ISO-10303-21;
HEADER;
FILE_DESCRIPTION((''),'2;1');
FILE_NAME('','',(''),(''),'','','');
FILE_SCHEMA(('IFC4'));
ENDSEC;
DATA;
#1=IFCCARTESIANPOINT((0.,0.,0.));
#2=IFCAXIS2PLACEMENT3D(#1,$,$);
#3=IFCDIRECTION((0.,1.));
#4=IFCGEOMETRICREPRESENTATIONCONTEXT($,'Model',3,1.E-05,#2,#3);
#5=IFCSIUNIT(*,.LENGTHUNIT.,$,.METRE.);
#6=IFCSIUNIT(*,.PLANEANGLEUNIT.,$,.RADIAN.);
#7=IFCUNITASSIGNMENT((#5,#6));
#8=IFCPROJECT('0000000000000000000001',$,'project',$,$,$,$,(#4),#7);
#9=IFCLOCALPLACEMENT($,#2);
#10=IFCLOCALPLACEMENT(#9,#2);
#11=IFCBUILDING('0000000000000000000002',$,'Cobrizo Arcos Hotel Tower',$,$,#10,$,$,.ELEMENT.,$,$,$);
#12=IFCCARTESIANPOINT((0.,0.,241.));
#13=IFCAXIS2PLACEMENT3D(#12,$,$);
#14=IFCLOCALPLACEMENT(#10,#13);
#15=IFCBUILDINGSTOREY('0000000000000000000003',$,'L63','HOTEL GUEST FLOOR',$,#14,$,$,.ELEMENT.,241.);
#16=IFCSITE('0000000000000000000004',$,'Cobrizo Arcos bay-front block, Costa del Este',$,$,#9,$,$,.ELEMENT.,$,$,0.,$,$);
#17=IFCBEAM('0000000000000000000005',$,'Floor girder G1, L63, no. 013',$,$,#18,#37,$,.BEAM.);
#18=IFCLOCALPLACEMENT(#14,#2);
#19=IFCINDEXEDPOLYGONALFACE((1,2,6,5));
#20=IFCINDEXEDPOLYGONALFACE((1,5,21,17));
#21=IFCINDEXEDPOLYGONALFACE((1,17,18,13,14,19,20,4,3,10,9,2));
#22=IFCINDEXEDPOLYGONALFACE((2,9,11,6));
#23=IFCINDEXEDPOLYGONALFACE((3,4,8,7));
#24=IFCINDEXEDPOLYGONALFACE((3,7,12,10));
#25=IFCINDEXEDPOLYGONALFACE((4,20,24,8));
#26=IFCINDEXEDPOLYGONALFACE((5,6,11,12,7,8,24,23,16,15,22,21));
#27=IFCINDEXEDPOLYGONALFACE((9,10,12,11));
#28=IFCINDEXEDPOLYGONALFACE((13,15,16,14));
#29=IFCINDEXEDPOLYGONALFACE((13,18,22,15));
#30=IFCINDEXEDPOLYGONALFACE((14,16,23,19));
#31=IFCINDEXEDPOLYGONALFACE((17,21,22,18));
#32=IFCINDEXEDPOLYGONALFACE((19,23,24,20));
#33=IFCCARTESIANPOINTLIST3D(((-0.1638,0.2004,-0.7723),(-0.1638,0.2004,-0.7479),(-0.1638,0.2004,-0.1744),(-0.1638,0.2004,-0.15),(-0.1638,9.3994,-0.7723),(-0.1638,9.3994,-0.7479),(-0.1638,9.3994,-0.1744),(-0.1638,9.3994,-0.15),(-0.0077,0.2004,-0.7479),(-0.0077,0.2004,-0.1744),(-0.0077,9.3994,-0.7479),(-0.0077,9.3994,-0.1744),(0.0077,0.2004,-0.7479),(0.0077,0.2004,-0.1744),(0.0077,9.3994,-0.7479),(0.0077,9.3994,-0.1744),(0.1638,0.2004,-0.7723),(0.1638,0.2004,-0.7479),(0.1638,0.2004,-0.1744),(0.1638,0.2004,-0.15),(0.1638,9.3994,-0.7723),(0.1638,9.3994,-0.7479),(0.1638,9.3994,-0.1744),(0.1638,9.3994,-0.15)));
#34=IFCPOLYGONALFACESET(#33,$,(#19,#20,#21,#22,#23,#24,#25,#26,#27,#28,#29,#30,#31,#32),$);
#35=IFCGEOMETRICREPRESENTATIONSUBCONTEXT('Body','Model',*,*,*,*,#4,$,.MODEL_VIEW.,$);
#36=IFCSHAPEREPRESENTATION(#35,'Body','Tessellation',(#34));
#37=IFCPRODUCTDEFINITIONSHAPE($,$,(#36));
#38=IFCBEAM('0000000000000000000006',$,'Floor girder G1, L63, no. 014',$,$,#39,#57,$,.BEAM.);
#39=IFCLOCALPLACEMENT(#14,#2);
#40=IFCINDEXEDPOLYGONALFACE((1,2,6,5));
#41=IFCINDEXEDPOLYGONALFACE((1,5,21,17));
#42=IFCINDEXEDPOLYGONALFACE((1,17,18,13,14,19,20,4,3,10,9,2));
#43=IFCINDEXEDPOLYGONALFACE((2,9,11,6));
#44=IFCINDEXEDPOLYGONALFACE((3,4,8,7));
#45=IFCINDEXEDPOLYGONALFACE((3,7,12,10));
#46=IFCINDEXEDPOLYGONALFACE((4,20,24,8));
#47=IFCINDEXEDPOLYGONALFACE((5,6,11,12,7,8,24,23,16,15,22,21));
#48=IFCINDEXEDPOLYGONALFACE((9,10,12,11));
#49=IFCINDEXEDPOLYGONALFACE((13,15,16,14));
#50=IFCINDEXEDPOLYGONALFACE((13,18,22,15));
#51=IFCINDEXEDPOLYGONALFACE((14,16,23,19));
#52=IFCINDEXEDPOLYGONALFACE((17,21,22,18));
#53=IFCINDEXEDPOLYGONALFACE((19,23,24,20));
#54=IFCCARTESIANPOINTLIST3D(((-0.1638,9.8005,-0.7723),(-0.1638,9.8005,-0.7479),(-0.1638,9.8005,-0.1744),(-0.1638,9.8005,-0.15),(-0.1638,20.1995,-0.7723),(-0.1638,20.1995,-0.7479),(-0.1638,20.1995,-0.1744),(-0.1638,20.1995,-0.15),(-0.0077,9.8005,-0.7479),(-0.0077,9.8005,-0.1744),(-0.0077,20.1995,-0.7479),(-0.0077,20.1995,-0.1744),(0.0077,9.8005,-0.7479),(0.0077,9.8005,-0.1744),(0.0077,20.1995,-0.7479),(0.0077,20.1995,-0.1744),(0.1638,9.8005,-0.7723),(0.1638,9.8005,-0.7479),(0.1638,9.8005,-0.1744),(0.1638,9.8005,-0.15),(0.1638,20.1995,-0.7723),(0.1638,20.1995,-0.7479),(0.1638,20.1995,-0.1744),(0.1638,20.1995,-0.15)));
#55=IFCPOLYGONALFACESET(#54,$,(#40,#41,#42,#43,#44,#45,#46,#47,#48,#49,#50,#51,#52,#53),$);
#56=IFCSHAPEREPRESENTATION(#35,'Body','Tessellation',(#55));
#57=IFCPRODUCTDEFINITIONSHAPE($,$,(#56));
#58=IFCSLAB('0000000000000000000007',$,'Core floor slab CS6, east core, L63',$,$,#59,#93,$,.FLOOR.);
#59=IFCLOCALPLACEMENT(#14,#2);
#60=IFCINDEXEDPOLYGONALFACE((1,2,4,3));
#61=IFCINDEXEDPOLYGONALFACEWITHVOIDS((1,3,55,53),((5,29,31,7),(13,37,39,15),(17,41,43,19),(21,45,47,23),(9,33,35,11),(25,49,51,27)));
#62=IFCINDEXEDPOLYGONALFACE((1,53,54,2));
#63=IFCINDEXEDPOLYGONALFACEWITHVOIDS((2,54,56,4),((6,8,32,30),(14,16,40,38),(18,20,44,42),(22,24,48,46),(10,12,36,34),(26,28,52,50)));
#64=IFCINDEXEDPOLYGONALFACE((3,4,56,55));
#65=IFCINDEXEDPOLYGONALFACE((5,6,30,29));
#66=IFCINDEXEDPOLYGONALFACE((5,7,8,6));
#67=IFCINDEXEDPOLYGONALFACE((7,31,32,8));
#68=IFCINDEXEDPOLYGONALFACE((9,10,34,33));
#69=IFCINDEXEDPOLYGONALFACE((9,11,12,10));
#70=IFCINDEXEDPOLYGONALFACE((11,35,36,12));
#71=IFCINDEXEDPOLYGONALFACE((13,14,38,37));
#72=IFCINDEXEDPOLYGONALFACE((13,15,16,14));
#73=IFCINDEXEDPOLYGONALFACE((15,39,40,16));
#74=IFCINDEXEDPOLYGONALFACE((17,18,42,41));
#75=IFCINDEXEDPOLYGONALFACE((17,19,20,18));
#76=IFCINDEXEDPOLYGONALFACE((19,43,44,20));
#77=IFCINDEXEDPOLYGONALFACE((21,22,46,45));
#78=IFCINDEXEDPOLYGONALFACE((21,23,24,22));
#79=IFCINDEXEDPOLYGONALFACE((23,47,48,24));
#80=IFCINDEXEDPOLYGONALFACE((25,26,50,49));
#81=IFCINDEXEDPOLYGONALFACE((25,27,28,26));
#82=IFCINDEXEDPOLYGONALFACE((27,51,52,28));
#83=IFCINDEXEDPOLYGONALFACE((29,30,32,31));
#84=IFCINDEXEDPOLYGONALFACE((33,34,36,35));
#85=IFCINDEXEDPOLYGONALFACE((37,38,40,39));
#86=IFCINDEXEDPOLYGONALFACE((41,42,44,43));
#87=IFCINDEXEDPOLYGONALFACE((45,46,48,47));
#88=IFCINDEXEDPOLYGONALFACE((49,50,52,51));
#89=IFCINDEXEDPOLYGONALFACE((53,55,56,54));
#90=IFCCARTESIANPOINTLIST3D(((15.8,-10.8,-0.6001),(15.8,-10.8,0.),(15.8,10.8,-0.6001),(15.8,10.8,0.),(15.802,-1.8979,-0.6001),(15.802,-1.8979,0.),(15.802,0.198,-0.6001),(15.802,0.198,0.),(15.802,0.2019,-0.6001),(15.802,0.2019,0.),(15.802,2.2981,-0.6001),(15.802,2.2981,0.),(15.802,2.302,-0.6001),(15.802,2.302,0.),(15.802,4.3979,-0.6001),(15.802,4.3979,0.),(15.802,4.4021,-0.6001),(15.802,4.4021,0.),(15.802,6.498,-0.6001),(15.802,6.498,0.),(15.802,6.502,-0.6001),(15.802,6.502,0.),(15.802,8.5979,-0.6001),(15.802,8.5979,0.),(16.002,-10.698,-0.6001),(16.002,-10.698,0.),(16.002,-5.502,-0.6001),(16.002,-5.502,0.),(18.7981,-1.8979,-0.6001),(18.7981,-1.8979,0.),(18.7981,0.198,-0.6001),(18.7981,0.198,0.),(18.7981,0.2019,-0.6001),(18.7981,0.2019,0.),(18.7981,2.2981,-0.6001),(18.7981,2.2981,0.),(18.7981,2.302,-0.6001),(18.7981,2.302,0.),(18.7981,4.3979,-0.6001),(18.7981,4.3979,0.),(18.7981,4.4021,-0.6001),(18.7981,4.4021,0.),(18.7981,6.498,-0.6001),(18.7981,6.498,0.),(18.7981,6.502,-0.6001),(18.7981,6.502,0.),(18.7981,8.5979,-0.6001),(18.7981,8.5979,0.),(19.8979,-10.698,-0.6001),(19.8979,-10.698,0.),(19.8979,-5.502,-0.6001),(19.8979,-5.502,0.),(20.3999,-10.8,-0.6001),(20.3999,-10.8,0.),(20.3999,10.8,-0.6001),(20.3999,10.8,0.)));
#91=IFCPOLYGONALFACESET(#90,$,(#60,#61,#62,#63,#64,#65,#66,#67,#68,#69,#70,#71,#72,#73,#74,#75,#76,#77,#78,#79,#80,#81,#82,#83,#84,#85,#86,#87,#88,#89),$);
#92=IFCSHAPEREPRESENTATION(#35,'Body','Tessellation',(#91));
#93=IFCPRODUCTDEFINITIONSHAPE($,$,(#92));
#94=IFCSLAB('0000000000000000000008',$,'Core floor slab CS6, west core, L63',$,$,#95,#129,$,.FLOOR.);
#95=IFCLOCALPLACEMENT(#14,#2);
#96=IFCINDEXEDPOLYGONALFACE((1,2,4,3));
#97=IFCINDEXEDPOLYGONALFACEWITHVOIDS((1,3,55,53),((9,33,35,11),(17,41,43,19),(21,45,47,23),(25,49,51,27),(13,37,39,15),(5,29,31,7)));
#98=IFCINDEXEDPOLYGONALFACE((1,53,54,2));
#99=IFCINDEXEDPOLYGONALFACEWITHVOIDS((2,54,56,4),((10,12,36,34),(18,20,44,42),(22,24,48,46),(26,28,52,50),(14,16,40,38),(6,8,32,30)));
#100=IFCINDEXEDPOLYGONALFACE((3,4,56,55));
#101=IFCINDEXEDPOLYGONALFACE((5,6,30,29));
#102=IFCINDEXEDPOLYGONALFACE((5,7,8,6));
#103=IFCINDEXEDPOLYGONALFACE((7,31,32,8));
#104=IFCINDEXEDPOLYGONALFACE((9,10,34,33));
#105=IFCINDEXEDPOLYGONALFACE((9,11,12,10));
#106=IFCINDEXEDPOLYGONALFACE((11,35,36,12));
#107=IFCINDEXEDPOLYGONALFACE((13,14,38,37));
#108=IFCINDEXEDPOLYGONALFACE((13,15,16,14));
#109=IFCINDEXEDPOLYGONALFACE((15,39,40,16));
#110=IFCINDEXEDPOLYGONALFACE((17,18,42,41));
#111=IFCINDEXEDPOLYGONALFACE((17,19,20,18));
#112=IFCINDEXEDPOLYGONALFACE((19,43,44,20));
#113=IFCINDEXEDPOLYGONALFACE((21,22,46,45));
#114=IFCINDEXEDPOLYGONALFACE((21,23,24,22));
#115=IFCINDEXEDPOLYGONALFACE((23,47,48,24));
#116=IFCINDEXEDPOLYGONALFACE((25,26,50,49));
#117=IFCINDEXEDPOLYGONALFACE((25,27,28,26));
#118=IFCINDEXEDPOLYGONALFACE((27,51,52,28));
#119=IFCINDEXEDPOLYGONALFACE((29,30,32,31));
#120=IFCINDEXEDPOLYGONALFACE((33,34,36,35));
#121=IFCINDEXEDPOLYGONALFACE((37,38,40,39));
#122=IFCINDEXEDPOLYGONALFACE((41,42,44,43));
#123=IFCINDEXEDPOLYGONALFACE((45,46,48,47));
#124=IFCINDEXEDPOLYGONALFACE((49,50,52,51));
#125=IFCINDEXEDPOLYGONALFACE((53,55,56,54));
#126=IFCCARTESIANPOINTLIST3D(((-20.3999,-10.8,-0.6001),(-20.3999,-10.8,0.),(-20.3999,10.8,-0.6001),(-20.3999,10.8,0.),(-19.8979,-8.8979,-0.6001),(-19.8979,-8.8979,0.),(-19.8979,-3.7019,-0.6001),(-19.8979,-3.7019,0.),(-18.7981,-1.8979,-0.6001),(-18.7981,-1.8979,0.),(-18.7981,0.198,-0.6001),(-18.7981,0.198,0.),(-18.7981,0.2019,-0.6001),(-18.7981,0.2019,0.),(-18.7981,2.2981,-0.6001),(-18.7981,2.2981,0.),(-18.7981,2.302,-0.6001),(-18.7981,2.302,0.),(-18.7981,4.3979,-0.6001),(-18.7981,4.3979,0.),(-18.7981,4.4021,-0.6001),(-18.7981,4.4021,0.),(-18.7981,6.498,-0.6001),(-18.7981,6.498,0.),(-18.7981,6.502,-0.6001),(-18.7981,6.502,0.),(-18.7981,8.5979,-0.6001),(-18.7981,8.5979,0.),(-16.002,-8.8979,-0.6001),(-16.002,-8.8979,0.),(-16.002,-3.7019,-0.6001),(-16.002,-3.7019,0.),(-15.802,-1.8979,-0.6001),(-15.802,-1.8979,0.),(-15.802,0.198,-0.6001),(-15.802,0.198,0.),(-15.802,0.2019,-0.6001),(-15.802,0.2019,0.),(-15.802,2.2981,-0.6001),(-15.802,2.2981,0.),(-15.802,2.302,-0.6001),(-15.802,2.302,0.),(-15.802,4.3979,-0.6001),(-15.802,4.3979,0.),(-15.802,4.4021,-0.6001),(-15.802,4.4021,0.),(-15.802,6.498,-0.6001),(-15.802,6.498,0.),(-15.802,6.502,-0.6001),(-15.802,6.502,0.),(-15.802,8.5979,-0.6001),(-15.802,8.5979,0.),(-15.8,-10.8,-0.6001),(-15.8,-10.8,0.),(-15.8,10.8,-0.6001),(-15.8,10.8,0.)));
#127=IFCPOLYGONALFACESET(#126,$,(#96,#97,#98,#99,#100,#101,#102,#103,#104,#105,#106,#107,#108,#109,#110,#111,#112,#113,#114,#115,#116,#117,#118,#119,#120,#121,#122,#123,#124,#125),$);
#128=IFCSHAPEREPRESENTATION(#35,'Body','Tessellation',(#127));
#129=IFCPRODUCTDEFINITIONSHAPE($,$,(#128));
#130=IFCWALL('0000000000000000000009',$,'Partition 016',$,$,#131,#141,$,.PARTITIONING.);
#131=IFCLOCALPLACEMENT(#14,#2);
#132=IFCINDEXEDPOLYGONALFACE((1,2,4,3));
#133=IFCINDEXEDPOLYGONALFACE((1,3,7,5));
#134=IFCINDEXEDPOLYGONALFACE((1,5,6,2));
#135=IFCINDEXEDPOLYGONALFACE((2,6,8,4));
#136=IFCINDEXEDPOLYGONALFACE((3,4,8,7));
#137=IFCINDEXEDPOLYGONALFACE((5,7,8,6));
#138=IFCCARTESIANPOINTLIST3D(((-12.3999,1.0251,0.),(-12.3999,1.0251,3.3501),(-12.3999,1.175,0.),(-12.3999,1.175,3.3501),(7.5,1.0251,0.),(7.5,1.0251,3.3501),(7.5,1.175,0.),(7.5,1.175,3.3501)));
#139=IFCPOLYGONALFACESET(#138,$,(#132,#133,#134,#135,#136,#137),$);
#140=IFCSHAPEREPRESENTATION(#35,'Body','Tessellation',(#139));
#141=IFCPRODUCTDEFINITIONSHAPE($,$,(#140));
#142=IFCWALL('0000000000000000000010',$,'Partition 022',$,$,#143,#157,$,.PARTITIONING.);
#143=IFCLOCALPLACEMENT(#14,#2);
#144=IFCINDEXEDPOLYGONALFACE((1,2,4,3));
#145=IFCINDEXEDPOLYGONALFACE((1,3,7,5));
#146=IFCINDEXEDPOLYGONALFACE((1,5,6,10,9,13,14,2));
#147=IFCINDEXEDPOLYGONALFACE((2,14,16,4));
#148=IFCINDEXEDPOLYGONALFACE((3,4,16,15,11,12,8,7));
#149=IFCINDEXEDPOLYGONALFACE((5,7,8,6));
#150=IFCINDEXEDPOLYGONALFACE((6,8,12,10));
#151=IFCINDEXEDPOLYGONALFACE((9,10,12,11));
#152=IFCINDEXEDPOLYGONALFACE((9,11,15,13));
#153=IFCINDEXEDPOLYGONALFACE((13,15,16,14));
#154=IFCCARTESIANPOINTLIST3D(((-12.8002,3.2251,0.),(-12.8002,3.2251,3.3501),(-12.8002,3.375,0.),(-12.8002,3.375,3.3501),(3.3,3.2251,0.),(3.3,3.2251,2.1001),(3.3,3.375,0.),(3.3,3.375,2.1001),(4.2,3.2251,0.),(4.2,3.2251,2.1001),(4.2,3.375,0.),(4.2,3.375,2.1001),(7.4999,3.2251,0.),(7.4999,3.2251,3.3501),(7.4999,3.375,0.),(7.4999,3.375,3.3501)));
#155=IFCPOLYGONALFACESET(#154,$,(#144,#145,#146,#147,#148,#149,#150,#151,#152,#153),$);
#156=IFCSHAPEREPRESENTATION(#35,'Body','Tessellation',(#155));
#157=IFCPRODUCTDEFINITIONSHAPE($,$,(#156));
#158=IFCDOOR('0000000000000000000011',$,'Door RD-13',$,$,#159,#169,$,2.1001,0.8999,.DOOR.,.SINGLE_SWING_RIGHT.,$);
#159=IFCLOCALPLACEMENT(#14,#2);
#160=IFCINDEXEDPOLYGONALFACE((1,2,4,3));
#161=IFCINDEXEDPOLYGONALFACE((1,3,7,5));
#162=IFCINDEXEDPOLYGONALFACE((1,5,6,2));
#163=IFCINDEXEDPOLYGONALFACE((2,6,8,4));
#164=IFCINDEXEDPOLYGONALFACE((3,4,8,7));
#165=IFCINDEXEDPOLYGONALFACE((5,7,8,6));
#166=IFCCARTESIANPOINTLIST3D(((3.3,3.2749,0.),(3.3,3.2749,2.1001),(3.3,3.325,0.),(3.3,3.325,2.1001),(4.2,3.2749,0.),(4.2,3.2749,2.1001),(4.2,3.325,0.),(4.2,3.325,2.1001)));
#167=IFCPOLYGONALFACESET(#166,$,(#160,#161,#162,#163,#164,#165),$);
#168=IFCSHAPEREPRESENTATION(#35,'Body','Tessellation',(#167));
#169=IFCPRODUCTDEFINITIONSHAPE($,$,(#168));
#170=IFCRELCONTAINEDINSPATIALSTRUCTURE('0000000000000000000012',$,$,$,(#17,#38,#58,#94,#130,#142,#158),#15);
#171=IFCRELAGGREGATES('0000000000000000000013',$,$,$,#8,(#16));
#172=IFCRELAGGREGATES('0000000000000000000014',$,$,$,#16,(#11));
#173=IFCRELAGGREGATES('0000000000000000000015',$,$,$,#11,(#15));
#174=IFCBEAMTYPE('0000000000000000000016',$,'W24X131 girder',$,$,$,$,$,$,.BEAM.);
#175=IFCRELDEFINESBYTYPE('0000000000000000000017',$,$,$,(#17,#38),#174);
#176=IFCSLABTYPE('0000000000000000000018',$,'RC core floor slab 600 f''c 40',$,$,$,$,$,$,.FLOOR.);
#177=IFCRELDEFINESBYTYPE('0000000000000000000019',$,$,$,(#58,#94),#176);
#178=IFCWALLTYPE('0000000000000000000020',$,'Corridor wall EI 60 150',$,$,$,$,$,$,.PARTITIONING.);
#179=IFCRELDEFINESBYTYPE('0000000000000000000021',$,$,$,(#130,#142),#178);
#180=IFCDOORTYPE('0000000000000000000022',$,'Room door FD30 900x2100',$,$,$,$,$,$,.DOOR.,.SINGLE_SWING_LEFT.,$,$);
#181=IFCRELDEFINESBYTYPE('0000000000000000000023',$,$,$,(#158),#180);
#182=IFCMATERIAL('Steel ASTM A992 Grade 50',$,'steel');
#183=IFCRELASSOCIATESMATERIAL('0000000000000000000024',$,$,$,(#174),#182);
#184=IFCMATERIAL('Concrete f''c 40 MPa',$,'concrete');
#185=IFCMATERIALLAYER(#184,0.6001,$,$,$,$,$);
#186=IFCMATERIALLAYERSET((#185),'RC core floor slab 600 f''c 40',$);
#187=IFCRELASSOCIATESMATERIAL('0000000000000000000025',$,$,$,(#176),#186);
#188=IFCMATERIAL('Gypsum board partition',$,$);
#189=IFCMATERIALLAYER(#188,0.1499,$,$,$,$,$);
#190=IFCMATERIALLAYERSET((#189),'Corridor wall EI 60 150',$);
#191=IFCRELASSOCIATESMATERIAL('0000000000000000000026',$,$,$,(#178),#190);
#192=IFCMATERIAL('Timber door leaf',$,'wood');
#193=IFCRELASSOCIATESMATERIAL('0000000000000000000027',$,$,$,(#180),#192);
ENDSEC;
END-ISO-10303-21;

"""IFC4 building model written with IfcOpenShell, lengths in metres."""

from ifc_helpers import new_model, si_unit, direction, frame, frame_2d, origin, origin_2d, place, context, subcontext, project, spatial, polyline, rectangle, i_section, outline, extrude, material, layer, layer_set, material_profile, profile_set, type_object, element, fill, save


model = new_model("IFC4")

# Units and contexts
model_context = context("Model", 3, precision=1e-05, world=origin(), true_north=direction((0.0, 1.0)))
body_context = subcontext(model_context, "Body", "Model", "MODEL_VIEW")
ifc_project = project(units=[si_unit("LENGTHUNIT", "METRE"), si_unit("PLANEANGLEUNIT", "RADIAN")], contexts=[model_context])

# Site, building, storey
site_placement = place(None, origin())
site = spatial("IfcSite", under=ifc_project, at=site_placement, Name="Cobrizo Arcos bay-front block, Costa del Este", CompositionType="ELEMENT", RefElevation=0.0)
building_placement = place(site_placement, origin())
building = spatial("IfcBuilding", under=site, at=building_placement, Name="Cobrizo Arcos Hotel Tower", CompositionType="ELEMENT")
storey_placement = place(building_placement, frame((0.0, 0.0, 241.0)))
storey = spatial("IfcBuildingStorey", under=building, at=storey_placement, Name="L63", Description="HOTEL GUEST FLOOR", CompositionType="ELEMENT", Elevation=241.0)

# Shared definitions
ifc_material_1 = material(Name="Steel ASTM A992 Grade 50", Category="steel")

# Beams
ifc_material_profile_1 = material_profile(ifc_material_1, i_section(OverallWidth=0.3276, OverallDepth=0.6223, WebThickness=0.0154, FlangeThickness=0.0244, at=origin_2d()), Name="W24X131")
ifc_profile_set_1 = profile_set([ifc_material_profile_1], Name="Steel ASTM A992 Grade 50")
beam_type_1 = type_object("IfcBeamType", Name="W24X131 girder", PredefinedType="BEAM", material=ifc_profile_set_1)
beam_1_placement = place(storey_placement, frame((0.0, 0.2004, -0.4612), z_axis=(0.0, 1.0, 0.0), x_axis=(-1.0, 0.0, 0.0)))
element("IfcBeam", 1, at=beam_1_placement, inside=storey, type_object=beam_type_1, Name="Floor girder G1, L63, no. 013", PredefinedType="BEAM", context=body_context, shape_type="SweptSolid", body=[
    extrude(i_section(OverallWidth=0.3276, OverallDepth=0.6223, WebThickness=0.0154, FlangeThickness=0.0244, at=origin_2d()), origin(), (0.0, 0.0, 1.0), 9.199),
])
beam_2_placement = place(storey_placement, frame((0.0, 9.8005, -0.4612), z_axis=(0.0, 1.0, 0.0), x_axis=(-1.0, 0.0, 0.0)))
element("IfcBeam", 2, at=beam_2_placement, inside=storey, type_object=beam_type_1, Name="Floor girder G1, L63, no. 014", PredefinedType="BEAM", context=body_context, shape_type="SweptSolid", body=[
    extrude(i_section(OverallWidth=0.3276, OverallDepth=0.6223, WebThickness=0.0154, FlangeThickness=0.0244, at=origin_2d()), origin(), (0.0, 0.0, 1.0), 10.3989),
])

# Slabs
ifc_material_2 = material(Name="Concrete f'c 40 MPa", Category="concrete")
ifc_layer_1 = layer(ifc_material_2, 0.6001)
ifc_layer_set_1 = layer_set([ifc_layer_1], Name="RC core floor slab 600 f'c 40")
slab_type_1 = type_object("IfcSlabType", Name="RC core floor slab 600 f'c 40", PredefinedType="FLOOR", material=ifc_layer_set_1)
slab_1_placement = place(storey_placement, frame((0.0, 0.0, -0.6001)))
element("IfcSlab", 3, at=slab_1_placement, inside=storey, type_object=slab_type_1, Name="Core floor slab CS6, east core, L63", PredefinedType="FLOOR", context=body_context, shape_type="SweptSolid", body=[
    extrude(outline(polyline([(15.8, 10.8), (20.3999, 10.8), (20.3999, -10.8), (15.8, -10.8), (15.8, 10.8)]), holes=[polyline([(19.8979, -10.698), (19.8979, -5.502), (16.002, -5.502), (16.002, -10.698), (19.8979, -10.698)]), polyline([(15.802, 0.198), (15.802, -1.8979), (18.7981, -1.8979), (18.7981, 0.198), (15.802, 0.198)]), polyline([(15.802, 2.2981), (15.802, 0.2019), (18.7981, 0.2019), (18.7981, 2.2981), (15.802, 2.2981)]), polyline([(15.802, 4.3979), (15.802, 2.302), (18.7981, 2.302), (18.7981, 4.3979), (15.802, 4.3979)]), polyline([(18.7981, 6.498), (15.802, 6.498), (15.802, 4.4021), (18.7981, 4.4021), (18.7981, 6.498)]), polyline([(18.7981, 8.5979), (15.802, 8.5979), (15.802, 6.502), (18.7981, 6.502), (18.7981, 8.5979)])]), origin(), (0.0, 0.0, 1.0), 0.6001),
])
slab_2_placement = place(storey_placement, frame((0.0, 0.0, -0.6001)))
element("IfcSlab", 4, at=slab_2_placement, inside=storey, type_object=slab_type_1, Name="Core floor slab CS6, west core, L63", PredefinedType="FLOOR", context=body_context, shape_type="SweptSolid", body=[
    extrude(outline(polyline([(-20.3999, 10.8), (-15.8, 10.8), (-15.8, -10.8), (-20.3999, -10.8), (-20.3999, 10.8)]), holes=[polyline([(-19.8979, -3.7019), (-19.8979, -8.8979), (-16.002, -8.8979), (-16.002, -3.7019), (-19.8979, -3.7019)]), polyline([(-18.7981, 0.198), (-18.7981, -1.8979), (-15.802, -1.8979), (-15.802, 0.198), (-18.7981, 0.198)]), polyline([(-18.7981, 2.2981), (-18.7981, 0.2019), (-15.802, 0.2019), (-15.802, 2.2981), (-18.7981, 2.2981)]), polyline([(-18.7981, 4.3979), (-18.7981, 2.302), (-15.802, 2.302), (-15.802, 4.3979), (-18.7981, 4.3979)]), polyline([(-15.802, 6.498), (-18.7981, 6.498), (-18.7981, 4.4021), (-15.802, 4.4021), (-15.802, 6.498)]), polyline([(-15.802, 8.5979), (-18.7981, 8.5979), (-18.7981, 6.502), (-15.802, 6.502), (-15.802, 8.5979)])]), origin(), (0.0, 0.0, 1.0), 0.6001),
])

# Wall
ifc_material_3 = material(Name="Gypsum board partition")
ifc_layer_2 = layer(ifc_material_3, 0.1499)
ifc_layer_set_2 = layer_set([ifc_layer_2], Name="Corridor wall EI 60 150")
wall_type_1 = type_object("IfcWallType", Name="Corridor wall EI 60 150", PredefinedType="PARTITIONING", material=ifc_layer_set_2)
wall_1_placement = place(storey_placement, frame((-12.3999, 1.1001, 0.0), z_axis=(0.0, 0.0, 1.0), x_axis=(1.0, 0.0, 0.0)))
element("IfcWall", 5, at=wall_1_placement, inside=storey, type_object=wall_type_1, Name="Partition 016", PredefinedType="PARTITIONING", context=body_context, shape_type="SweptSolid", body=[
    extrude(rectangle(XDim=19.8999, YDim=0.1499, at=frame_2d((9.95, 0.0))), origin(), (0.0, 0.0, 1.0), 3.3501),
])

# Wall, opening, door
wall_2_placement = place(storey_placement, frame((-12.8, 3.3, 0.0), z_axis=(0.0, 0.0, 1.0), x_axis=(1.0, 0.0, 0.0)))
wall_2 = element("IfcWall", 6, at=wall_2_placement, inside=storey, type_object=wall_type_1, Name="Partition 022", PredefinedType="PARTITIONING", context=body_context, shape_type="SweptSolid", body=[
    extrude(rectangle(XDim=20.3, YDim=0.1499, at=frame_2d((10.1499, 0.0))), origin(), (0.0, 0.0, 1.0), 3.3501),
])
opening_1_placement = place(wall_2_placement, frame((16.1001, 0.0, 0.0)))
opening_1 = element("IfcOpeningElement", 7, at=opening_1_placement, cuts=wall_2, PredefinedType="OPENING", context=body_context, shape_type="SweptSolid", body=[
    extrude(rectangle(XDim=0.8999, YDim=2.1001, at=frame_2d((0.45, 1.05))), frame((0.0, 0.0869, 0.0), z_axis=(0.0, -1.0, 0.0), x_axis=(1.0, 0.0, 0.0)), (0.0, 0.0, 1.0), 0.1738),
])
ifc_material_4 = material(Name="Timber door leaf", Category="wood")
door_type_1 = type_object("IfcDoorType", Name="Room door FD30 900x2100", OperationType="SINGLE_SWING_LEFT", PredefinedType="DOOR", material=ifc_material_4)
door_1_placement = place(opening_1_placement, origin())
door_1 = element("IfcDoor", 8, at=door_1_placement, inside=storey, type_object=door_type_1, Name="Door RD-13", OperationType="SINGLE_SWING_RIGHT", OverallHeight=2.1001, OverallWidth=0.8999, PredefinedType="DOOR", context=body_context, shape_type="SweptSolid", body=[
    extrude(rectangle(XDim=0.8999, YDim=2.1001, at=frame_2d((0.45, 1.05))), frame((0.0, 0.0249, 0.0), z_axis=(0.0, -1.0, 0.0), x_axis=(1.0, 0.0, 0.0)), (0.0, 0.0, 1.0), 0.05),
])
fill(opening_1, door_1)

save(model, "model.ifc")
